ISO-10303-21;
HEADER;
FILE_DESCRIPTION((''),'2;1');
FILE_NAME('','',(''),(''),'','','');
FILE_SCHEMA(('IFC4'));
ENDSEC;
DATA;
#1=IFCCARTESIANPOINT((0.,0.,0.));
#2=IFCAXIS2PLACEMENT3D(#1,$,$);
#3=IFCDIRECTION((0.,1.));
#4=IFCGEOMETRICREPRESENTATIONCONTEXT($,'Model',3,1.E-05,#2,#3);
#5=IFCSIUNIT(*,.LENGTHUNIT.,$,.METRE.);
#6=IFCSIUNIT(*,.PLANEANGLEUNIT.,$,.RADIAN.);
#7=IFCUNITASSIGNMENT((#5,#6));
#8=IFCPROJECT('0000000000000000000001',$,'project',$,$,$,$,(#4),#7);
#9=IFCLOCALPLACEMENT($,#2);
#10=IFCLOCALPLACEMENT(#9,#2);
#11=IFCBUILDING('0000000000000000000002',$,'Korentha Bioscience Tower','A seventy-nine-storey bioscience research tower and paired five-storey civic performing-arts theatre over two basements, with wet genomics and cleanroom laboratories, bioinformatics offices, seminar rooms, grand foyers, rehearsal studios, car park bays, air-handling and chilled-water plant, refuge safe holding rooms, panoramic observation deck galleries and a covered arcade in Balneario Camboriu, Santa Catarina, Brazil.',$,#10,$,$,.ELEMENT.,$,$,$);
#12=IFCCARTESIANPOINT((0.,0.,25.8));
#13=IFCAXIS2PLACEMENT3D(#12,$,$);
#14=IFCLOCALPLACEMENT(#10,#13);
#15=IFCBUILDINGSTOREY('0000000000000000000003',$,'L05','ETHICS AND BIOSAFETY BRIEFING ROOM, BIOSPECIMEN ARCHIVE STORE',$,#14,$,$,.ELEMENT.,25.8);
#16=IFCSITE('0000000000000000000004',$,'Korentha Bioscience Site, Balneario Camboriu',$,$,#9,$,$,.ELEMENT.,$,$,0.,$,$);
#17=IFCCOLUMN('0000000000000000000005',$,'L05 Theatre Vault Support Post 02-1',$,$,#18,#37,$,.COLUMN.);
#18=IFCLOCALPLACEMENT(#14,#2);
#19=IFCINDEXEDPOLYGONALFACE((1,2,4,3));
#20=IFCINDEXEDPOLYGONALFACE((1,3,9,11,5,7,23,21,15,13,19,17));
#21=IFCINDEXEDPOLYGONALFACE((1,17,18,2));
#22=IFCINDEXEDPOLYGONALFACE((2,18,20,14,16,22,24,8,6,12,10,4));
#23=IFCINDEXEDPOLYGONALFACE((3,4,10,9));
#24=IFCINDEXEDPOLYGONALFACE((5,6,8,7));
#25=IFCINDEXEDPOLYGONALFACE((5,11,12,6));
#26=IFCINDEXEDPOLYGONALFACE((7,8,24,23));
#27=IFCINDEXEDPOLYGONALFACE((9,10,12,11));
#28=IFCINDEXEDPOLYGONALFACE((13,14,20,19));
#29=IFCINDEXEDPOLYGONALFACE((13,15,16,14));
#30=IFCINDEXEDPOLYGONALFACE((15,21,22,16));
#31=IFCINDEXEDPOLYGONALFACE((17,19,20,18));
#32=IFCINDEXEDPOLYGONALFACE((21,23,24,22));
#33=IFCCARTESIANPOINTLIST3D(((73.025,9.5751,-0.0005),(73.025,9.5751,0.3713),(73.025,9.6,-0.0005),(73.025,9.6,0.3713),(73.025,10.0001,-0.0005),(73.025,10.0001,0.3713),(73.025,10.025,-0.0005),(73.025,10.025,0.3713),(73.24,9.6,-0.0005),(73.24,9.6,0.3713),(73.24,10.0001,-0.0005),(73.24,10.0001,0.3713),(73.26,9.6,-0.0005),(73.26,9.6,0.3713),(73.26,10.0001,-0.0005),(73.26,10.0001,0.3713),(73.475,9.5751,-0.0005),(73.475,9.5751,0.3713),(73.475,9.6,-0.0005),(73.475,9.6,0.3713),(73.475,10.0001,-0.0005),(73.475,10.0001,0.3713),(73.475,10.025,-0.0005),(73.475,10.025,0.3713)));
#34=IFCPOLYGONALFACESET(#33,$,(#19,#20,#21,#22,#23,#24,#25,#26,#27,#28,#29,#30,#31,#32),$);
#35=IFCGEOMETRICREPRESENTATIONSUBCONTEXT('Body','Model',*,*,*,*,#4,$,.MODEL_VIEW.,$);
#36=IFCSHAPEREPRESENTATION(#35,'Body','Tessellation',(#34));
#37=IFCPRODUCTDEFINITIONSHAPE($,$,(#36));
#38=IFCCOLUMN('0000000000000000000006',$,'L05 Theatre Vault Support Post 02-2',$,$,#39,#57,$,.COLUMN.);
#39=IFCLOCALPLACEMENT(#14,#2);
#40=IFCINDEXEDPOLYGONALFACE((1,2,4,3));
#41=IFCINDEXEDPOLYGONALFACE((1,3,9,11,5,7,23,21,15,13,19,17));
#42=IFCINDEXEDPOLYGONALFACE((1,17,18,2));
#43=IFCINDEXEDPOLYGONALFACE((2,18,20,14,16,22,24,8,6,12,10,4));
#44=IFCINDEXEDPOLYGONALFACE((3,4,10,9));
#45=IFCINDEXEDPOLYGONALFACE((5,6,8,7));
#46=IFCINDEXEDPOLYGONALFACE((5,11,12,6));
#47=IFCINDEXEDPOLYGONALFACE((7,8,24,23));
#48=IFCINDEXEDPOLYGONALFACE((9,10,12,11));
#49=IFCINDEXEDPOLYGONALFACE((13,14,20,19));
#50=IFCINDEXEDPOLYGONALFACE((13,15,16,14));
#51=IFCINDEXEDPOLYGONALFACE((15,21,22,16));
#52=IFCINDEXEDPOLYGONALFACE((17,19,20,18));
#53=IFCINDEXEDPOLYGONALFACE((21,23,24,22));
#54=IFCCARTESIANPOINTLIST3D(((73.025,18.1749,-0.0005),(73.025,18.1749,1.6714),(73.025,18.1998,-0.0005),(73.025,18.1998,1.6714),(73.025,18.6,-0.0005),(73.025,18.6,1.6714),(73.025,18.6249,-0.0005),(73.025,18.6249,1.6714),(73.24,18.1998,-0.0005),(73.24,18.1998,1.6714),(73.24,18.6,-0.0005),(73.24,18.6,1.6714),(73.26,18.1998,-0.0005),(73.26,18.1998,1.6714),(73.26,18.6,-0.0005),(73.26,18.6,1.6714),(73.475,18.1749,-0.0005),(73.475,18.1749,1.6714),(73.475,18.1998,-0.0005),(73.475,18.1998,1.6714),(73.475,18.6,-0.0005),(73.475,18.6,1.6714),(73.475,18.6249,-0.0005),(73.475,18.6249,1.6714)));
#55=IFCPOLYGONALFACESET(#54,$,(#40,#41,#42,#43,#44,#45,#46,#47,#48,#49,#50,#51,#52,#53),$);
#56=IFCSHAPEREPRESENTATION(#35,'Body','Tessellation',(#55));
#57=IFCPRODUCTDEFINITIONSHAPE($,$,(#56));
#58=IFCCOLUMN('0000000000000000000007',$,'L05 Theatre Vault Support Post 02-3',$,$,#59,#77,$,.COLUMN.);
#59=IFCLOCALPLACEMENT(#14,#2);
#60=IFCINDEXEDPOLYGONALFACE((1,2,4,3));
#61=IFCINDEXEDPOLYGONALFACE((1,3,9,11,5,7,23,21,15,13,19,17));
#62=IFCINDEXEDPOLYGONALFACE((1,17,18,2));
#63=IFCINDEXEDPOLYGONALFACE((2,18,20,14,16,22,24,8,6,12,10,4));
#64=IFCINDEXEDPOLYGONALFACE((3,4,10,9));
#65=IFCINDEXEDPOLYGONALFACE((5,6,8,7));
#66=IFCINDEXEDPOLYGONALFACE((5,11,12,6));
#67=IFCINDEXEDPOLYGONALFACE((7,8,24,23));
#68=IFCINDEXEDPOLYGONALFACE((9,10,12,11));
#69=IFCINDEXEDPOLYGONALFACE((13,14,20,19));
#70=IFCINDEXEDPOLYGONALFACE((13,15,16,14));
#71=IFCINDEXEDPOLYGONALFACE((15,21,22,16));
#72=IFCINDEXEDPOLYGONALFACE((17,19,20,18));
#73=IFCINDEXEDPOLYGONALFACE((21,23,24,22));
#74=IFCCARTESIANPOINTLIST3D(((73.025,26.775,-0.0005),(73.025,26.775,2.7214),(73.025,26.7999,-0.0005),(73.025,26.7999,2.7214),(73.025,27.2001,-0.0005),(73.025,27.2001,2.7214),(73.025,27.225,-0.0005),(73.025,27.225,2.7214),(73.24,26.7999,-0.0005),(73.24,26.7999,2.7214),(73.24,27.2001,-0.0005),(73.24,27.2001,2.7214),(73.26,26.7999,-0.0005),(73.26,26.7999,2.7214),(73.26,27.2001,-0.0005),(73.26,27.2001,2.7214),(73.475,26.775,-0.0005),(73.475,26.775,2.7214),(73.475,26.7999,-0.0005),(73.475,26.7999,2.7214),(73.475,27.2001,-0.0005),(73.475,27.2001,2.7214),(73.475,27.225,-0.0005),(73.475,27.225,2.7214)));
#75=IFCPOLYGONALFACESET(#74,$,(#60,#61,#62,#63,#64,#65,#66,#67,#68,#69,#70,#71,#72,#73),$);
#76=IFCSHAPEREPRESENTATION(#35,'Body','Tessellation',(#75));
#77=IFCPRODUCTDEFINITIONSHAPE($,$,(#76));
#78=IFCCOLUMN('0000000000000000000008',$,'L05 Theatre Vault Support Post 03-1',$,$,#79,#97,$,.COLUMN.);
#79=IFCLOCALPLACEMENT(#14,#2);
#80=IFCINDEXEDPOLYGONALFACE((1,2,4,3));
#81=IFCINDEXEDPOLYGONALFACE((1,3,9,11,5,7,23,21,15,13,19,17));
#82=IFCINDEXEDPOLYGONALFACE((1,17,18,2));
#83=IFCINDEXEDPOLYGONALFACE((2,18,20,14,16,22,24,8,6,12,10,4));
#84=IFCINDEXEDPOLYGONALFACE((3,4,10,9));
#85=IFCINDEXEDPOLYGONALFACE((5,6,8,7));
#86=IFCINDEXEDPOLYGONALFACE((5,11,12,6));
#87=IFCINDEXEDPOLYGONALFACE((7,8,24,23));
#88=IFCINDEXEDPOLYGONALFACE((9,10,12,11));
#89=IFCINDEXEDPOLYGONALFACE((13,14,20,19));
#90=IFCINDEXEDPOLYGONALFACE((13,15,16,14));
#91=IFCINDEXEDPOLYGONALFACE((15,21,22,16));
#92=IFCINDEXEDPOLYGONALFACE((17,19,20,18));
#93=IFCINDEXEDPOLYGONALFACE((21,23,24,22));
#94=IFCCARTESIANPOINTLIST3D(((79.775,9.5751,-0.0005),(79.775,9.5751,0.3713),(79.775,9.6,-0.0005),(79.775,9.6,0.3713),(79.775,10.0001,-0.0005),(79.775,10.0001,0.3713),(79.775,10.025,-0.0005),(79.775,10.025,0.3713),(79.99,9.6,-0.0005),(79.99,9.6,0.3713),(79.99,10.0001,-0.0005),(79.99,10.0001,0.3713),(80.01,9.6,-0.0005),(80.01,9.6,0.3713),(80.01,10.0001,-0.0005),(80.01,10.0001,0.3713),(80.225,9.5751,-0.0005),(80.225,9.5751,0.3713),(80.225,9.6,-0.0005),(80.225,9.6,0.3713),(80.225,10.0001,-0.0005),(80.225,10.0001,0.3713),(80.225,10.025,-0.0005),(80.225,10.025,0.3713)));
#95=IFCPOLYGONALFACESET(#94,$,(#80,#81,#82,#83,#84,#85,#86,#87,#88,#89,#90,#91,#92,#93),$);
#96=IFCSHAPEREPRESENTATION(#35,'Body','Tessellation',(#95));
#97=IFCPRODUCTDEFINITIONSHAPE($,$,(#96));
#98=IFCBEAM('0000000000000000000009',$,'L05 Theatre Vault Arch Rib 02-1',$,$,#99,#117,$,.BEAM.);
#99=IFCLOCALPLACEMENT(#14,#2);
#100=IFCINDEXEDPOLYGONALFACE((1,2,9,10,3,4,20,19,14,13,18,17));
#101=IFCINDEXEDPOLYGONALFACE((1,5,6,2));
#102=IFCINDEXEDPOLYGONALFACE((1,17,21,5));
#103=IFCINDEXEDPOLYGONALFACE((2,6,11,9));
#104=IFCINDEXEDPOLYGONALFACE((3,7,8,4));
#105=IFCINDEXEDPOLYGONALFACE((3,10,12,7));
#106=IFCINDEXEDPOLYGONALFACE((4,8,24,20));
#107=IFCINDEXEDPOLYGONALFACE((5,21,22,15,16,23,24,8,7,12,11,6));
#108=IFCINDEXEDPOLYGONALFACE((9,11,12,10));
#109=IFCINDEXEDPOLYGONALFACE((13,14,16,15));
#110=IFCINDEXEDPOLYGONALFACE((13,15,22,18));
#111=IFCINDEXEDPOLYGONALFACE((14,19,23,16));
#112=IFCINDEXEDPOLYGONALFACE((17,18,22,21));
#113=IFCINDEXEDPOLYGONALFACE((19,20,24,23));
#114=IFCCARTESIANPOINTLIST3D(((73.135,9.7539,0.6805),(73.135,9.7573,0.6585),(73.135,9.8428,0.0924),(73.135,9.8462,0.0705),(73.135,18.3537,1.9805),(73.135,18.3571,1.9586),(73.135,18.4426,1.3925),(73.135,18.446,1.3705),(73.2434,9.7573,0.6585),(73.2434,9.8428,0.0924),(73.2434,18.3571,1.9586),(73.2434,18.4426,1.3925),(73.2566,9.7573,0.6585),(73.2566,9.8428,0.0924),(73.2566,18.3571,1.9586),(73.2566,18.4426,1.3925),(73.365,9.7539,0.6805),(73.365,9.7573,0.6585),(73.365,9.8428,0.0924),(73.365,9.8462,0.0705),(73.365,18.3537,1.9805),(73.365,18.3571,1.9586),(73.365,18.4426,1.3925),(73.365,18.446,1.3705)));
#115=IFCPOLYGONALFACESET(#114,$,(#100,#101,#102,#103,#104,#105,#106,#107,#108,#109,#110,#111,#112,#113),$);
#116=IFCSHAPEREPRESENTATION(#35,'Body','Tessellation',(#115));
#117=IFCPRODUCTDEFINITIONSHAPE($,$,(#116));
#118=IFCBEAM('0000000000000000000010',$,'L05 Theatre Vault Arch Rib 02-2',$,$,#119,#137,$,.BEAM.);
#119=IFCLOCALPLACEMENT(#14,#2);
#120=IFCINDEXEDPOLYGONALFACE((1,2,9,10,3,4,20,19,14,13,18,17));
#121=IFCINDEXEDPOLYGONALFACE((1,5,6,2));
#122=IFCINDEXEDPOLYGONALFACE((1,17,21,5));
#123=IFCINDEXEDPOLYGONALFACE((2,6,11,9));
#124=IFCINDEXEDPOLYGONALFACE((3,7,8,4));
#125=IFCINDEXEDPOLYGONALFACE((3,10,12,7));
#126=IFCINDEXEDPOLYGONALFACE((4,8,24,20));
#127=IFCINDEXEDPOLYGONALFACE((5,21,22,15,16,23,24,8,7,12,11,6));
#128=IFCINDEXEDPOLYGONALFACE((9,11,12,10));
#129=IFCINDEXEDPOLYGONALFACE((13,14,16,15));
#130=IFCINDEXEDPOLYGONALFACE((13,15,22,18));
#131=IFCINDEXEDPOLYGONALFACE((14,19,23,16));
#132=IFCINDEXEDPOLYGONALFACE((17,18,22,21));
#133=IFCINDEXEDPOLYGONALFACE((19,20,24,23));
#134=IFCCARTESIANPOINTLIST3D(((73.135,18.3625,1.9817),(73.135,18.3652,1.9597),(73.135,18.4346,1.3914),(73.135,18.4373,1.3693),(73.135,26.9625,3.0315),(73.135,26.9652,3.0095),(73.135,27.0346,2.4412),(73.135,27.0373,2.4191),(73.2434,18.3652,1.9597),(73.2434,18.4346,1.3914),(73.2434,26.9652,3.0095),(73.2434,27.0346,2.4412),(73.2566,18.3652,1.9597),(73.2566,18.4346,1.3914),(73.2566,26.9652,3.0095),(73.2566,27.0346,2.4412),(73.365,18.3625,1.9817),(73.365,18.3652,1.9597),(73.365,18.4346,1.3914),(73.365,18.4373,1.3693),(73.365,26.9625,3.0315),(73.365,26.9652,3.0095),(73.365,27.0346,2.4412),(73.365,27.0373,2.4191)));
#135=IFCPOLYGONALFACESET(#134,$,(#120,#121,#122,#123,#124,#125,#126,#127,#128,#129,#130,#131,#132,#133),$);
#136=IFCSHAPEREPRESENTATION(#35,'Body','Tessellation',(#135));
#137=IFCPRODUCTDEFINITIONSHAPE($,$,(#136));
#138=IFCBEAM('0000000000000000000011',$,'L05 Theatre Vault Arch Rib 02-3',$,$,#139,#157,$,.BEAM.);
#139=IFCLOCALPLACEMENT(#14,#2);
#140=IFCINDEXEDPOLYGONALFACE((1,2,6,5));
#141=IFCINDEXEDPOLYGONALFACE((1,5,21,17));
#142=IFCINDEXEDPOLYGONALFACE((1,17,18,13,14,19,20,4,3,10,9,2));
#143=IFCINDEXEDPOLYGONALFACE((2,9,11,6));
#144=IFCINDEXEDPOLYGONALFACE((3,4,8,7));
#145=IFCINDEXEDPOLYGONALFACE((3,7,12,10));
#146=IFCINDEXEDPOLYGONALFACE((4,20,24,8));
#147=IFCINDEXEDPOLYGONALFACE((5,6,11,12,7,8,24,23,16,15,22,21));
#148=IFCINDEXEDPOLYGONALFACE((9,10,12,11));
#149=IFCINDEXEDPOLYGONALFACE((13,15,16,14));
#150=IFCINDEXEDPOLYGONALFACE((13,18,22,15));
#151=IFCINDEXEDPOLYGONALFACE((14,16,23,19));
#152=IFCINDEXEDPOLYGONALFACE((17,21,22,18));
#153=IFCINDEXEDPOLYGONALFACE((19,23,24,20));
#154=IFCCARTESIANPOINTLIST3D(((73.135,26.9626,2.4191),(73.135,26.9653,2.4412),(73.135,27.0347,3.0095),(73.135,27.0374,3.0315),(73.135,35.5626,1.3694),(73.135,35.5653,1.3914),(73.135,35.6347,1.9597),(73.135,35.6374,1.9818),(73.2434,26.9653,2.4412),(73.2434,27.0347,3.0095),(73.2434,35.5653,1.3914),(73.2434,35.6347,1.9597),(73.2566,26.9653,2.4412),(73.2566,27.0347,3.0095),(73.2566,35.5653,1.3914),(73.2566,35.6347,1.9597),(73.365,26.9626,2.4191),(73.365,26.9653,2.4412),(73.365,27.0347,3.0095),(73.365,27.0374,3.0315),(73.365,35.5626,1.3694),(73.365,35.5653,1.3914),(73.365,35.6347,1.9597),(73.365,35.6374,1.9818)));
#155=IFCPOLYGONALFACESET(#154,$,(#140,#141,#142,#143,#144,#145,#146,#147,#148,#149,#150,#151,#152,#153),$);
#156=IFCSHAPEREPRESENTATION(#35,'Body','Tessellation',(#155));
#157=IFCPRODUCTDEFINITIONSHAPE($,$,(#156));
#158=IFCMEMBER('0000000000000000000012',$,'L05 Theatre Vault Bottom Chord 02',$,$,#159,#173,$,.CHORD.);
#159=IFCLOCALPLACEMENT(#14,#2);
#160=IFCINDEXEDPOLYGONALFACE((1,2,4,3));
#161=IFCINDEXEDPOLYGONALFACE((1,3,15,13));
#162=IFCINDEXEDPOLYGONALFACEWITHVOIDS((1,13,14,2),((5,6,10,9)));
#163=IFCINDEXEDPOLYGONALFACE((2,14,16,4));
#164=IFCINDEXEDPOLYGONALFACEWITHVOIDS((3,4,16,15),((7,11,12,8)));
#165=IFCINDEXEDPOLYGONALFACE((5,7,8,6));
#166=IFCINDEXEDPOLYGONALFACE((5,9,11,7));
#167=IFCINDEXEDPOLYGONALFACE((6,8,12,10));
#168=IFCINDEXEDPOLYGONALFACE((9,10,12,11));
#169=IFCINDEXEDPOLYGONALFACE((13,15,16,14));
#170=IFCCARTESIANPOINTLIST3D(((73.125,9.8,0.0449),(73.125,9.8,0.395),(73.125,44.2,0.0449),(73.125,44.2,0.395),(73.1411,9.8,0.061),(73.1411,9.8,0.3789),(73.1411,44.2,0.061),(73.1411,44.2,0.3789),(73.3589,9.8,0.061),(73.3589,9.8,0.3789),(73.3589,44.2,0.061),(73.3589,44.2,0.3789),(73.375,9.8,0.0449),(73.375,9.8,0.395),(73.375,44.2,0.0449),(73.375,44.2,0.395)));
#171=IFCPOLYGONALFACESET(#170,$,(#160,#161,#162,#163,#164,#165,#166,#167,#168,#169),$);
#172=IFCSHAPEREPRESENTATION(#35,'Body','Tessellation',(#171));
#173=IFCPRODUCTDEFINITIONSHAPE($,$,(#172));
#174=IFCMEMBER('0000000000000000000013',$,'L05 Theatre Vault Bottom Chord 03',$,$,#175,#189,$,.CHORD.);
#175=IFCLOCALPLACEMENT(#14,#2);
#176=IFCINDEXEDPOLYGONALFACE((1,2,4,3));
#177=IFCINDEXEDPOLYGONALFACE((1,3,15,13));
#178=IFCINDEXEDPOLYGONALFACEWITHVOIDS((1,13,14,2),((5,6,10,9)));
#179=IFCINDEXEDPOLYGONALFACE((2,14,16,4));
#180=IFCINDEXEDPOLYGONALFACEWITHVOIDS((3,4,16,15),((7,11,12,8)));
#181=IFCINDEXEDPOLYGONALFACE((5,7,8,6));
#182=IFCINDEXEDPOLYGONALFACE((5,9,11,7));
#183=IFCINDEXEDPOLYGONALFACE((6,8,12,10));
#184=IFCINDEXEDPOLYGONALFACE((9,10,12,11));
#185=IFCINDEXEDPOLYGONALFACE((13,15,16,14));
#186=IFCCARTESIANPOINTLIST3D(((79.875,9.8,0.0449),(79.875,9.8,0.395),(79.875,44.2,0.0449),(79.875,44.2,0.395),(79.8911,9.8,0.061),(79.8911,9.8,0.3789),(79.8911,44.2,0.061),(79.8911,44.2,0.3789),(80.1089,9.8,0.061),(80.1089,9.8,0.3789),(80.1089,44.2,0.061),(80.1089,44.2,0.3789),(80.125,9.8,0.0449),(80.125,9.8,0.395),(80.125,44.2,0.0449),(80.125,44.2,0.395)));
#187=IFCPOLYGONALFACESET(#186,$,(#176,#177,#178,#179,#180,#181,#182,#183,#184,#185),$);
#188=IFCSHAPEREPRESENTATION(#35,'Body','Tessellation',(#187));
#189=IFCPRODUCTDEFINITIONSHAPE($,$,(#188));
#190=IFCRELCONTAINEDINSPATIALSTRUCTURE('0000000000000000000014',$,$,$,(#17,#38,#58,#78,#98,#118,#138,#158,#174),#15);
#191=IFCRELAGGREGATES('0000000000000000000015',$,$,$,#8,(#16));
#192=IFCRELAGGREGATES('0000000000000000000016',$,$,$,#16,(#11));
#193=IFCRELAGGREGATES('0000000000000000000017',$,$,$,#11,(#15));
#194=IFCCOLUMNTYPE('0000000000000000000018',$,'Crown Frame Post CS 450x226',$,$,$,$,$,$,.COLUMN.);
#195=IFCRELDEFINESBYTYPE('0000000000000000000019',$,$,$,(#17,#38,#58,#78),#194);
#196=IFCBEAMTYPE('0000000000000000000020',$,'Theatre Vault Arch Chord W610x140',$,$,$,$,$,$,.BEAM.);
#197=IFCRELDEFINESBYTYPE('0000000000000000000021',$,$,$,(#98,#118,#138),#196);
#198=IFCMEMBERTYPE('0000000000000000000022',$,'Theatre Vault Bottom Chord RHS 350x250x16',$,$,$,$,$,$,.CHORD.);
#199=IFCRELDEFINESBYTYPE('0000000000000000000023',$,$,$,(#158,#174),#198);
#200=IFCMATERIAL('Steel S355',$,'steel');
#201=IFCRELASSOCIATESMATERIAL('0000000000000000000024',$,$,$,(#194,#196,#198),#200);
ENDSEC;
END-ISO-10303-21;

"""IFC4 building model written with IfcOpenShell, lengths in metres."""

from ifc_helpers import new_model, si_unit, direction, frame, origin, origin_2d, place, context, subcontext, project, spatial, hollow_rectangle, i_section, extrude, material, material_profile, profile_set, type_object, element, save


model = new_model("IFC4")

# Units and contexts
model_context = context("Model", 3, precision=1e-05, world=origin(), true_north=direction((0.0, 1.0)))
body_context = subcontext(model_context, "Body", "Model", "MODEL_VIEW")
ifc_project = project(units=[si_unit("LENGTHUNIT", "METRE"), si_unit("PLANEANGLEUNIT", "RADIAN")], contexts=[model_context])

# Site, building, storey
site_placement = place(None, origin())
site = spatial("IfcSite", under=ifc_project, at=site_placement, Name="Korentha Bioscience Site, Balneario Camboriu", CompositionType="ELEMENT", RefElevation=0.0)
building_placement = place(site_placement, origin())
building = spatial("IfcBuilding", under=site, at=building_placement, Name="Korentha Bioscience Tower", Description="A seventy-nine-storey bioscience research tower and paired five-storey civic performing-arts theatre over two basements, with wet genomics and cleanroom laboratories, bioinformatics offices, seminar rooms, grand foyers, rehearsal studios, car park bays, air-handling and chilled-water plant, refuge safe holding rooms, panoramic observation deck galleries and a covered arcade in Balneario Camboriu, Santa Catarina, Brazil.", CompositionType="ELEMENT")
storey_placement = place(building_placement, frame((0.0, 0.0, 25.8)))
storey = spatial("IfcBuildingStorey", under=building, at=storey_placement, Name="L05", Description="ETHICS AND BIOSAFETY BRIEFING ROOM, BIOSPECIMEN ARCHIVE STORE", CompositionType="ELEMENT", Elevation=25.8)

# Columns
ifc_material = material(Name="Steel S355", Category="steel")
ifc_material_profile_1 = material_profile(ifc_material, i_section(OverallWidth=0.45, OverallDepth=0.45, WebThickness=0.02, FlangeThickness=0.0249, at=origin_2d()), Name="Steel S355")
ifc_profile_set_1 = profile_set([ifc_material_profile_1], Name="Steel S355 (CF-C1)")
column_type = type_object("IfcColumnType", Name="Crown Frame Post CS 450x226", PredefinedType="COLUMN", material=ifc_profile_set_1)
column_1_placement = place(storey_placement, frame((73.25, 9.8, -0.0005), z_axis=(0.0, 0.0, 1.0), x_axis=(1.0, 0.0, 0.0)))
element("IfcColumn", 1, at=column_1_placement, inside=storey, type_object=column_type, Name="L05 Theatre Vault Support Post 02-1", PredefinedType="COLUMN", context=body_context, shape_type="SweptSolid", body=[
    extrude(i_section(OverallWidth=0.45, OverallDepth=0.45, WebThickness=0.02, FlangeThickness=0.0249, at=origin_2d()), origin(), (0.0, 0.0, 1.0), 0.3718),
])
column_2_placement = place(storey_placement, frame((73.25, 18.3999, -0.0005), z_axis=(0.0, 0.0, 1.0), x_axis=(1.0, 0.0, 0.0)))
element("IfcColumn", 2, at=column_2_placement, inside=storey, type_object=column_type, Name="L05 Theatre Vault Support Post 02-2", PredefinedType="COLUMN", context=body_context, shape_type="SweptSolid", body=[
    extrude(i_section(OverallWidth=0.45, OverallDepth=0.45, WebThickness=0.02, FlangeThickness=0.0249, at=origin_2d()), origin(), (0.0, 0.0, 1.0), 1.6719),
])
column_3_placement = place(storey_placement, frame((73.25, 27.0, -0.0005), z_axis=(0.0, 0.0, 1.0), x_axis=(1.0, 0.0, 0.0)))
element("IfcColumn", 3, at=column_3_placement, inside=storey, type_object=column_type, Name="L05 Theatre Vault Support Post 02-3", PredefinedType="COLUMN", context=body_context, shape_type="SweptSolid", body=[
    extrude(i_section(OverallWidth=0.45, OverallDepth=0.45, WebThickness=0.02, FlangeThickness=0.0249, at=origin_2d()), origin(), (0.0, 0.0, 1.0), 2.7219),
])
column_4_placement = place(storey_placement, frame((80.0, 9.8, -0.0005), z_axis=(0.0, 0.0, 1.0), x_axis=(1.0, 0.0, 0.0)))
element("IfcColumn", 4, at=column_4_placement, inside=storey, type_object=column_type, Name="L05 Theatre Vault Support Post 03-1", PredefinedType="COLUMN", context=body_context, shape_type="SweptSolid", body=[
    extrude(i_section(OverallWidth=0.45, OverallDepth=0.45, WebThickness=0.02, FlangeThickness=0.0249, at=origin_2d()), origin(), (0.0, 0.0, 1.0), 0.3718),
])

# Beams
ifc_material_profile_2 = material_profile(ifc_material, i_section(OverallWidth=0.23, OverallDepth=0.6169, WebThickness=0.0132, FlangeThickness=0.0222, at=origin_2d()), Name="Steel S355")
ifc_profile_set_2 = profile_set([ifc_material_profile_2], Name="Steel S355 (TV-610)")
beam_type_1 = type_object("IfcBeamType", Name="Theatre Vault Arch Chord W610x140", PredefinedType="BEAM", material=ifc_profile_set_2)
beam_placement = place(storey_placement, frame((73.25, 9.8, 0.3755), z_axis=(0.0, 0.988766, 0.149473), x_axis=(-1.0, 0.0, 0.0)))
element("IfcBeam", 5, at=beam_placement, inside=storey, type_object=beam_type_1, Name="L05 Theatre Vault Arch Rib 02-1", PredefinedType="BEAM", context=body_context, shape_type="SweptSolid", body=[
    extrude(i_section(OverallWidth=0.23, OverallDepth=0.6169, WebThickness=0.0132, FlangeThickness=0.0222, at=origin_2d()), origin(), (0.0, 0.0, 1.0), 8.6975),
])
for number, where, z_axis, x_axis, name in (
    (6, (73.25, 18.3999, 1.6755), (0.0, 0.992632, 0.12117), (-1.0, 0.0, 0.0), "L05 Theatre Vault Arch Rib 02-2"),
    (7, (73.25, 27.0, 2.7253), (0.0, 0.992632, -0.12117), (-1.0, 0.0, 0.0), "L05 Theatre Vault Arch Rib 02-3"),
):
    element("IfcBeam", number, at=place(storey_placement, frame(where, z_axis=z_axis, x_axis=x_axis)), inside=storey, type_object=beam_type_1, Name=name, PredefinedType="BEAM", context=body_context, shape_type="SweptSolid", body=[
        extrude(i_section(OverallWidth=0.23, OverallDepth=0.6169, WebThickness=0.0132, FlangeThickness=0.0222, at=origin_2d()), origin(), (0.0, 0.0, 1.0), 8.6638),
    ])

# Members
ifc_material_profile_3 = material_profile(ifc_material, hollow_rectangle(XDim=0.25, YDim=0.3501, WallThickness=0.0161, at=origin_2d()), Name="Steel S355")
ifc_profile_set_3 = profile_set([ifc_material_profile_3], Name="Steel S355 (TV-C350)")
member_type_1 = type_object("IfcMemberType", Name="Theatre Vault Bottom Chord RHS 350x250x16", PredefinedType="CHORD", material=ifc_profile_set_3)
for number, where, z_axis, x_axis, name in (
    (8, (73.25, 9.8, 0.22), (0.0, 1.0, 0.0), (-1.0, 0.0, 0.0), "L05 Theatre Vault Bottom Chord 02"),
    (9, (80.0, 9.8, 0.22), (0.0, 1.0, 0.0), (-1.0, 0.0, 0.0), "L05 Theatre Vault Bottom Chord 03"),
):
    element("IfcMember", number, at=place(storey_placement, frame(where, z_axis=z_axis, x_axis=x_axis)), inside=storey, type_object=member_type_1, Name=name, PredefinedType="CHORD", context=body_context, shape_type="SweptSolid", body=[
        extrude(hollow_rectangle(XDim=0.25, YDim=0.3501, WallThickness=0.0161, at=origin_2d()), origin(), (0.0, 0.0, 1.0), 34.3999),
    ])

save(model, "model.ifc")
